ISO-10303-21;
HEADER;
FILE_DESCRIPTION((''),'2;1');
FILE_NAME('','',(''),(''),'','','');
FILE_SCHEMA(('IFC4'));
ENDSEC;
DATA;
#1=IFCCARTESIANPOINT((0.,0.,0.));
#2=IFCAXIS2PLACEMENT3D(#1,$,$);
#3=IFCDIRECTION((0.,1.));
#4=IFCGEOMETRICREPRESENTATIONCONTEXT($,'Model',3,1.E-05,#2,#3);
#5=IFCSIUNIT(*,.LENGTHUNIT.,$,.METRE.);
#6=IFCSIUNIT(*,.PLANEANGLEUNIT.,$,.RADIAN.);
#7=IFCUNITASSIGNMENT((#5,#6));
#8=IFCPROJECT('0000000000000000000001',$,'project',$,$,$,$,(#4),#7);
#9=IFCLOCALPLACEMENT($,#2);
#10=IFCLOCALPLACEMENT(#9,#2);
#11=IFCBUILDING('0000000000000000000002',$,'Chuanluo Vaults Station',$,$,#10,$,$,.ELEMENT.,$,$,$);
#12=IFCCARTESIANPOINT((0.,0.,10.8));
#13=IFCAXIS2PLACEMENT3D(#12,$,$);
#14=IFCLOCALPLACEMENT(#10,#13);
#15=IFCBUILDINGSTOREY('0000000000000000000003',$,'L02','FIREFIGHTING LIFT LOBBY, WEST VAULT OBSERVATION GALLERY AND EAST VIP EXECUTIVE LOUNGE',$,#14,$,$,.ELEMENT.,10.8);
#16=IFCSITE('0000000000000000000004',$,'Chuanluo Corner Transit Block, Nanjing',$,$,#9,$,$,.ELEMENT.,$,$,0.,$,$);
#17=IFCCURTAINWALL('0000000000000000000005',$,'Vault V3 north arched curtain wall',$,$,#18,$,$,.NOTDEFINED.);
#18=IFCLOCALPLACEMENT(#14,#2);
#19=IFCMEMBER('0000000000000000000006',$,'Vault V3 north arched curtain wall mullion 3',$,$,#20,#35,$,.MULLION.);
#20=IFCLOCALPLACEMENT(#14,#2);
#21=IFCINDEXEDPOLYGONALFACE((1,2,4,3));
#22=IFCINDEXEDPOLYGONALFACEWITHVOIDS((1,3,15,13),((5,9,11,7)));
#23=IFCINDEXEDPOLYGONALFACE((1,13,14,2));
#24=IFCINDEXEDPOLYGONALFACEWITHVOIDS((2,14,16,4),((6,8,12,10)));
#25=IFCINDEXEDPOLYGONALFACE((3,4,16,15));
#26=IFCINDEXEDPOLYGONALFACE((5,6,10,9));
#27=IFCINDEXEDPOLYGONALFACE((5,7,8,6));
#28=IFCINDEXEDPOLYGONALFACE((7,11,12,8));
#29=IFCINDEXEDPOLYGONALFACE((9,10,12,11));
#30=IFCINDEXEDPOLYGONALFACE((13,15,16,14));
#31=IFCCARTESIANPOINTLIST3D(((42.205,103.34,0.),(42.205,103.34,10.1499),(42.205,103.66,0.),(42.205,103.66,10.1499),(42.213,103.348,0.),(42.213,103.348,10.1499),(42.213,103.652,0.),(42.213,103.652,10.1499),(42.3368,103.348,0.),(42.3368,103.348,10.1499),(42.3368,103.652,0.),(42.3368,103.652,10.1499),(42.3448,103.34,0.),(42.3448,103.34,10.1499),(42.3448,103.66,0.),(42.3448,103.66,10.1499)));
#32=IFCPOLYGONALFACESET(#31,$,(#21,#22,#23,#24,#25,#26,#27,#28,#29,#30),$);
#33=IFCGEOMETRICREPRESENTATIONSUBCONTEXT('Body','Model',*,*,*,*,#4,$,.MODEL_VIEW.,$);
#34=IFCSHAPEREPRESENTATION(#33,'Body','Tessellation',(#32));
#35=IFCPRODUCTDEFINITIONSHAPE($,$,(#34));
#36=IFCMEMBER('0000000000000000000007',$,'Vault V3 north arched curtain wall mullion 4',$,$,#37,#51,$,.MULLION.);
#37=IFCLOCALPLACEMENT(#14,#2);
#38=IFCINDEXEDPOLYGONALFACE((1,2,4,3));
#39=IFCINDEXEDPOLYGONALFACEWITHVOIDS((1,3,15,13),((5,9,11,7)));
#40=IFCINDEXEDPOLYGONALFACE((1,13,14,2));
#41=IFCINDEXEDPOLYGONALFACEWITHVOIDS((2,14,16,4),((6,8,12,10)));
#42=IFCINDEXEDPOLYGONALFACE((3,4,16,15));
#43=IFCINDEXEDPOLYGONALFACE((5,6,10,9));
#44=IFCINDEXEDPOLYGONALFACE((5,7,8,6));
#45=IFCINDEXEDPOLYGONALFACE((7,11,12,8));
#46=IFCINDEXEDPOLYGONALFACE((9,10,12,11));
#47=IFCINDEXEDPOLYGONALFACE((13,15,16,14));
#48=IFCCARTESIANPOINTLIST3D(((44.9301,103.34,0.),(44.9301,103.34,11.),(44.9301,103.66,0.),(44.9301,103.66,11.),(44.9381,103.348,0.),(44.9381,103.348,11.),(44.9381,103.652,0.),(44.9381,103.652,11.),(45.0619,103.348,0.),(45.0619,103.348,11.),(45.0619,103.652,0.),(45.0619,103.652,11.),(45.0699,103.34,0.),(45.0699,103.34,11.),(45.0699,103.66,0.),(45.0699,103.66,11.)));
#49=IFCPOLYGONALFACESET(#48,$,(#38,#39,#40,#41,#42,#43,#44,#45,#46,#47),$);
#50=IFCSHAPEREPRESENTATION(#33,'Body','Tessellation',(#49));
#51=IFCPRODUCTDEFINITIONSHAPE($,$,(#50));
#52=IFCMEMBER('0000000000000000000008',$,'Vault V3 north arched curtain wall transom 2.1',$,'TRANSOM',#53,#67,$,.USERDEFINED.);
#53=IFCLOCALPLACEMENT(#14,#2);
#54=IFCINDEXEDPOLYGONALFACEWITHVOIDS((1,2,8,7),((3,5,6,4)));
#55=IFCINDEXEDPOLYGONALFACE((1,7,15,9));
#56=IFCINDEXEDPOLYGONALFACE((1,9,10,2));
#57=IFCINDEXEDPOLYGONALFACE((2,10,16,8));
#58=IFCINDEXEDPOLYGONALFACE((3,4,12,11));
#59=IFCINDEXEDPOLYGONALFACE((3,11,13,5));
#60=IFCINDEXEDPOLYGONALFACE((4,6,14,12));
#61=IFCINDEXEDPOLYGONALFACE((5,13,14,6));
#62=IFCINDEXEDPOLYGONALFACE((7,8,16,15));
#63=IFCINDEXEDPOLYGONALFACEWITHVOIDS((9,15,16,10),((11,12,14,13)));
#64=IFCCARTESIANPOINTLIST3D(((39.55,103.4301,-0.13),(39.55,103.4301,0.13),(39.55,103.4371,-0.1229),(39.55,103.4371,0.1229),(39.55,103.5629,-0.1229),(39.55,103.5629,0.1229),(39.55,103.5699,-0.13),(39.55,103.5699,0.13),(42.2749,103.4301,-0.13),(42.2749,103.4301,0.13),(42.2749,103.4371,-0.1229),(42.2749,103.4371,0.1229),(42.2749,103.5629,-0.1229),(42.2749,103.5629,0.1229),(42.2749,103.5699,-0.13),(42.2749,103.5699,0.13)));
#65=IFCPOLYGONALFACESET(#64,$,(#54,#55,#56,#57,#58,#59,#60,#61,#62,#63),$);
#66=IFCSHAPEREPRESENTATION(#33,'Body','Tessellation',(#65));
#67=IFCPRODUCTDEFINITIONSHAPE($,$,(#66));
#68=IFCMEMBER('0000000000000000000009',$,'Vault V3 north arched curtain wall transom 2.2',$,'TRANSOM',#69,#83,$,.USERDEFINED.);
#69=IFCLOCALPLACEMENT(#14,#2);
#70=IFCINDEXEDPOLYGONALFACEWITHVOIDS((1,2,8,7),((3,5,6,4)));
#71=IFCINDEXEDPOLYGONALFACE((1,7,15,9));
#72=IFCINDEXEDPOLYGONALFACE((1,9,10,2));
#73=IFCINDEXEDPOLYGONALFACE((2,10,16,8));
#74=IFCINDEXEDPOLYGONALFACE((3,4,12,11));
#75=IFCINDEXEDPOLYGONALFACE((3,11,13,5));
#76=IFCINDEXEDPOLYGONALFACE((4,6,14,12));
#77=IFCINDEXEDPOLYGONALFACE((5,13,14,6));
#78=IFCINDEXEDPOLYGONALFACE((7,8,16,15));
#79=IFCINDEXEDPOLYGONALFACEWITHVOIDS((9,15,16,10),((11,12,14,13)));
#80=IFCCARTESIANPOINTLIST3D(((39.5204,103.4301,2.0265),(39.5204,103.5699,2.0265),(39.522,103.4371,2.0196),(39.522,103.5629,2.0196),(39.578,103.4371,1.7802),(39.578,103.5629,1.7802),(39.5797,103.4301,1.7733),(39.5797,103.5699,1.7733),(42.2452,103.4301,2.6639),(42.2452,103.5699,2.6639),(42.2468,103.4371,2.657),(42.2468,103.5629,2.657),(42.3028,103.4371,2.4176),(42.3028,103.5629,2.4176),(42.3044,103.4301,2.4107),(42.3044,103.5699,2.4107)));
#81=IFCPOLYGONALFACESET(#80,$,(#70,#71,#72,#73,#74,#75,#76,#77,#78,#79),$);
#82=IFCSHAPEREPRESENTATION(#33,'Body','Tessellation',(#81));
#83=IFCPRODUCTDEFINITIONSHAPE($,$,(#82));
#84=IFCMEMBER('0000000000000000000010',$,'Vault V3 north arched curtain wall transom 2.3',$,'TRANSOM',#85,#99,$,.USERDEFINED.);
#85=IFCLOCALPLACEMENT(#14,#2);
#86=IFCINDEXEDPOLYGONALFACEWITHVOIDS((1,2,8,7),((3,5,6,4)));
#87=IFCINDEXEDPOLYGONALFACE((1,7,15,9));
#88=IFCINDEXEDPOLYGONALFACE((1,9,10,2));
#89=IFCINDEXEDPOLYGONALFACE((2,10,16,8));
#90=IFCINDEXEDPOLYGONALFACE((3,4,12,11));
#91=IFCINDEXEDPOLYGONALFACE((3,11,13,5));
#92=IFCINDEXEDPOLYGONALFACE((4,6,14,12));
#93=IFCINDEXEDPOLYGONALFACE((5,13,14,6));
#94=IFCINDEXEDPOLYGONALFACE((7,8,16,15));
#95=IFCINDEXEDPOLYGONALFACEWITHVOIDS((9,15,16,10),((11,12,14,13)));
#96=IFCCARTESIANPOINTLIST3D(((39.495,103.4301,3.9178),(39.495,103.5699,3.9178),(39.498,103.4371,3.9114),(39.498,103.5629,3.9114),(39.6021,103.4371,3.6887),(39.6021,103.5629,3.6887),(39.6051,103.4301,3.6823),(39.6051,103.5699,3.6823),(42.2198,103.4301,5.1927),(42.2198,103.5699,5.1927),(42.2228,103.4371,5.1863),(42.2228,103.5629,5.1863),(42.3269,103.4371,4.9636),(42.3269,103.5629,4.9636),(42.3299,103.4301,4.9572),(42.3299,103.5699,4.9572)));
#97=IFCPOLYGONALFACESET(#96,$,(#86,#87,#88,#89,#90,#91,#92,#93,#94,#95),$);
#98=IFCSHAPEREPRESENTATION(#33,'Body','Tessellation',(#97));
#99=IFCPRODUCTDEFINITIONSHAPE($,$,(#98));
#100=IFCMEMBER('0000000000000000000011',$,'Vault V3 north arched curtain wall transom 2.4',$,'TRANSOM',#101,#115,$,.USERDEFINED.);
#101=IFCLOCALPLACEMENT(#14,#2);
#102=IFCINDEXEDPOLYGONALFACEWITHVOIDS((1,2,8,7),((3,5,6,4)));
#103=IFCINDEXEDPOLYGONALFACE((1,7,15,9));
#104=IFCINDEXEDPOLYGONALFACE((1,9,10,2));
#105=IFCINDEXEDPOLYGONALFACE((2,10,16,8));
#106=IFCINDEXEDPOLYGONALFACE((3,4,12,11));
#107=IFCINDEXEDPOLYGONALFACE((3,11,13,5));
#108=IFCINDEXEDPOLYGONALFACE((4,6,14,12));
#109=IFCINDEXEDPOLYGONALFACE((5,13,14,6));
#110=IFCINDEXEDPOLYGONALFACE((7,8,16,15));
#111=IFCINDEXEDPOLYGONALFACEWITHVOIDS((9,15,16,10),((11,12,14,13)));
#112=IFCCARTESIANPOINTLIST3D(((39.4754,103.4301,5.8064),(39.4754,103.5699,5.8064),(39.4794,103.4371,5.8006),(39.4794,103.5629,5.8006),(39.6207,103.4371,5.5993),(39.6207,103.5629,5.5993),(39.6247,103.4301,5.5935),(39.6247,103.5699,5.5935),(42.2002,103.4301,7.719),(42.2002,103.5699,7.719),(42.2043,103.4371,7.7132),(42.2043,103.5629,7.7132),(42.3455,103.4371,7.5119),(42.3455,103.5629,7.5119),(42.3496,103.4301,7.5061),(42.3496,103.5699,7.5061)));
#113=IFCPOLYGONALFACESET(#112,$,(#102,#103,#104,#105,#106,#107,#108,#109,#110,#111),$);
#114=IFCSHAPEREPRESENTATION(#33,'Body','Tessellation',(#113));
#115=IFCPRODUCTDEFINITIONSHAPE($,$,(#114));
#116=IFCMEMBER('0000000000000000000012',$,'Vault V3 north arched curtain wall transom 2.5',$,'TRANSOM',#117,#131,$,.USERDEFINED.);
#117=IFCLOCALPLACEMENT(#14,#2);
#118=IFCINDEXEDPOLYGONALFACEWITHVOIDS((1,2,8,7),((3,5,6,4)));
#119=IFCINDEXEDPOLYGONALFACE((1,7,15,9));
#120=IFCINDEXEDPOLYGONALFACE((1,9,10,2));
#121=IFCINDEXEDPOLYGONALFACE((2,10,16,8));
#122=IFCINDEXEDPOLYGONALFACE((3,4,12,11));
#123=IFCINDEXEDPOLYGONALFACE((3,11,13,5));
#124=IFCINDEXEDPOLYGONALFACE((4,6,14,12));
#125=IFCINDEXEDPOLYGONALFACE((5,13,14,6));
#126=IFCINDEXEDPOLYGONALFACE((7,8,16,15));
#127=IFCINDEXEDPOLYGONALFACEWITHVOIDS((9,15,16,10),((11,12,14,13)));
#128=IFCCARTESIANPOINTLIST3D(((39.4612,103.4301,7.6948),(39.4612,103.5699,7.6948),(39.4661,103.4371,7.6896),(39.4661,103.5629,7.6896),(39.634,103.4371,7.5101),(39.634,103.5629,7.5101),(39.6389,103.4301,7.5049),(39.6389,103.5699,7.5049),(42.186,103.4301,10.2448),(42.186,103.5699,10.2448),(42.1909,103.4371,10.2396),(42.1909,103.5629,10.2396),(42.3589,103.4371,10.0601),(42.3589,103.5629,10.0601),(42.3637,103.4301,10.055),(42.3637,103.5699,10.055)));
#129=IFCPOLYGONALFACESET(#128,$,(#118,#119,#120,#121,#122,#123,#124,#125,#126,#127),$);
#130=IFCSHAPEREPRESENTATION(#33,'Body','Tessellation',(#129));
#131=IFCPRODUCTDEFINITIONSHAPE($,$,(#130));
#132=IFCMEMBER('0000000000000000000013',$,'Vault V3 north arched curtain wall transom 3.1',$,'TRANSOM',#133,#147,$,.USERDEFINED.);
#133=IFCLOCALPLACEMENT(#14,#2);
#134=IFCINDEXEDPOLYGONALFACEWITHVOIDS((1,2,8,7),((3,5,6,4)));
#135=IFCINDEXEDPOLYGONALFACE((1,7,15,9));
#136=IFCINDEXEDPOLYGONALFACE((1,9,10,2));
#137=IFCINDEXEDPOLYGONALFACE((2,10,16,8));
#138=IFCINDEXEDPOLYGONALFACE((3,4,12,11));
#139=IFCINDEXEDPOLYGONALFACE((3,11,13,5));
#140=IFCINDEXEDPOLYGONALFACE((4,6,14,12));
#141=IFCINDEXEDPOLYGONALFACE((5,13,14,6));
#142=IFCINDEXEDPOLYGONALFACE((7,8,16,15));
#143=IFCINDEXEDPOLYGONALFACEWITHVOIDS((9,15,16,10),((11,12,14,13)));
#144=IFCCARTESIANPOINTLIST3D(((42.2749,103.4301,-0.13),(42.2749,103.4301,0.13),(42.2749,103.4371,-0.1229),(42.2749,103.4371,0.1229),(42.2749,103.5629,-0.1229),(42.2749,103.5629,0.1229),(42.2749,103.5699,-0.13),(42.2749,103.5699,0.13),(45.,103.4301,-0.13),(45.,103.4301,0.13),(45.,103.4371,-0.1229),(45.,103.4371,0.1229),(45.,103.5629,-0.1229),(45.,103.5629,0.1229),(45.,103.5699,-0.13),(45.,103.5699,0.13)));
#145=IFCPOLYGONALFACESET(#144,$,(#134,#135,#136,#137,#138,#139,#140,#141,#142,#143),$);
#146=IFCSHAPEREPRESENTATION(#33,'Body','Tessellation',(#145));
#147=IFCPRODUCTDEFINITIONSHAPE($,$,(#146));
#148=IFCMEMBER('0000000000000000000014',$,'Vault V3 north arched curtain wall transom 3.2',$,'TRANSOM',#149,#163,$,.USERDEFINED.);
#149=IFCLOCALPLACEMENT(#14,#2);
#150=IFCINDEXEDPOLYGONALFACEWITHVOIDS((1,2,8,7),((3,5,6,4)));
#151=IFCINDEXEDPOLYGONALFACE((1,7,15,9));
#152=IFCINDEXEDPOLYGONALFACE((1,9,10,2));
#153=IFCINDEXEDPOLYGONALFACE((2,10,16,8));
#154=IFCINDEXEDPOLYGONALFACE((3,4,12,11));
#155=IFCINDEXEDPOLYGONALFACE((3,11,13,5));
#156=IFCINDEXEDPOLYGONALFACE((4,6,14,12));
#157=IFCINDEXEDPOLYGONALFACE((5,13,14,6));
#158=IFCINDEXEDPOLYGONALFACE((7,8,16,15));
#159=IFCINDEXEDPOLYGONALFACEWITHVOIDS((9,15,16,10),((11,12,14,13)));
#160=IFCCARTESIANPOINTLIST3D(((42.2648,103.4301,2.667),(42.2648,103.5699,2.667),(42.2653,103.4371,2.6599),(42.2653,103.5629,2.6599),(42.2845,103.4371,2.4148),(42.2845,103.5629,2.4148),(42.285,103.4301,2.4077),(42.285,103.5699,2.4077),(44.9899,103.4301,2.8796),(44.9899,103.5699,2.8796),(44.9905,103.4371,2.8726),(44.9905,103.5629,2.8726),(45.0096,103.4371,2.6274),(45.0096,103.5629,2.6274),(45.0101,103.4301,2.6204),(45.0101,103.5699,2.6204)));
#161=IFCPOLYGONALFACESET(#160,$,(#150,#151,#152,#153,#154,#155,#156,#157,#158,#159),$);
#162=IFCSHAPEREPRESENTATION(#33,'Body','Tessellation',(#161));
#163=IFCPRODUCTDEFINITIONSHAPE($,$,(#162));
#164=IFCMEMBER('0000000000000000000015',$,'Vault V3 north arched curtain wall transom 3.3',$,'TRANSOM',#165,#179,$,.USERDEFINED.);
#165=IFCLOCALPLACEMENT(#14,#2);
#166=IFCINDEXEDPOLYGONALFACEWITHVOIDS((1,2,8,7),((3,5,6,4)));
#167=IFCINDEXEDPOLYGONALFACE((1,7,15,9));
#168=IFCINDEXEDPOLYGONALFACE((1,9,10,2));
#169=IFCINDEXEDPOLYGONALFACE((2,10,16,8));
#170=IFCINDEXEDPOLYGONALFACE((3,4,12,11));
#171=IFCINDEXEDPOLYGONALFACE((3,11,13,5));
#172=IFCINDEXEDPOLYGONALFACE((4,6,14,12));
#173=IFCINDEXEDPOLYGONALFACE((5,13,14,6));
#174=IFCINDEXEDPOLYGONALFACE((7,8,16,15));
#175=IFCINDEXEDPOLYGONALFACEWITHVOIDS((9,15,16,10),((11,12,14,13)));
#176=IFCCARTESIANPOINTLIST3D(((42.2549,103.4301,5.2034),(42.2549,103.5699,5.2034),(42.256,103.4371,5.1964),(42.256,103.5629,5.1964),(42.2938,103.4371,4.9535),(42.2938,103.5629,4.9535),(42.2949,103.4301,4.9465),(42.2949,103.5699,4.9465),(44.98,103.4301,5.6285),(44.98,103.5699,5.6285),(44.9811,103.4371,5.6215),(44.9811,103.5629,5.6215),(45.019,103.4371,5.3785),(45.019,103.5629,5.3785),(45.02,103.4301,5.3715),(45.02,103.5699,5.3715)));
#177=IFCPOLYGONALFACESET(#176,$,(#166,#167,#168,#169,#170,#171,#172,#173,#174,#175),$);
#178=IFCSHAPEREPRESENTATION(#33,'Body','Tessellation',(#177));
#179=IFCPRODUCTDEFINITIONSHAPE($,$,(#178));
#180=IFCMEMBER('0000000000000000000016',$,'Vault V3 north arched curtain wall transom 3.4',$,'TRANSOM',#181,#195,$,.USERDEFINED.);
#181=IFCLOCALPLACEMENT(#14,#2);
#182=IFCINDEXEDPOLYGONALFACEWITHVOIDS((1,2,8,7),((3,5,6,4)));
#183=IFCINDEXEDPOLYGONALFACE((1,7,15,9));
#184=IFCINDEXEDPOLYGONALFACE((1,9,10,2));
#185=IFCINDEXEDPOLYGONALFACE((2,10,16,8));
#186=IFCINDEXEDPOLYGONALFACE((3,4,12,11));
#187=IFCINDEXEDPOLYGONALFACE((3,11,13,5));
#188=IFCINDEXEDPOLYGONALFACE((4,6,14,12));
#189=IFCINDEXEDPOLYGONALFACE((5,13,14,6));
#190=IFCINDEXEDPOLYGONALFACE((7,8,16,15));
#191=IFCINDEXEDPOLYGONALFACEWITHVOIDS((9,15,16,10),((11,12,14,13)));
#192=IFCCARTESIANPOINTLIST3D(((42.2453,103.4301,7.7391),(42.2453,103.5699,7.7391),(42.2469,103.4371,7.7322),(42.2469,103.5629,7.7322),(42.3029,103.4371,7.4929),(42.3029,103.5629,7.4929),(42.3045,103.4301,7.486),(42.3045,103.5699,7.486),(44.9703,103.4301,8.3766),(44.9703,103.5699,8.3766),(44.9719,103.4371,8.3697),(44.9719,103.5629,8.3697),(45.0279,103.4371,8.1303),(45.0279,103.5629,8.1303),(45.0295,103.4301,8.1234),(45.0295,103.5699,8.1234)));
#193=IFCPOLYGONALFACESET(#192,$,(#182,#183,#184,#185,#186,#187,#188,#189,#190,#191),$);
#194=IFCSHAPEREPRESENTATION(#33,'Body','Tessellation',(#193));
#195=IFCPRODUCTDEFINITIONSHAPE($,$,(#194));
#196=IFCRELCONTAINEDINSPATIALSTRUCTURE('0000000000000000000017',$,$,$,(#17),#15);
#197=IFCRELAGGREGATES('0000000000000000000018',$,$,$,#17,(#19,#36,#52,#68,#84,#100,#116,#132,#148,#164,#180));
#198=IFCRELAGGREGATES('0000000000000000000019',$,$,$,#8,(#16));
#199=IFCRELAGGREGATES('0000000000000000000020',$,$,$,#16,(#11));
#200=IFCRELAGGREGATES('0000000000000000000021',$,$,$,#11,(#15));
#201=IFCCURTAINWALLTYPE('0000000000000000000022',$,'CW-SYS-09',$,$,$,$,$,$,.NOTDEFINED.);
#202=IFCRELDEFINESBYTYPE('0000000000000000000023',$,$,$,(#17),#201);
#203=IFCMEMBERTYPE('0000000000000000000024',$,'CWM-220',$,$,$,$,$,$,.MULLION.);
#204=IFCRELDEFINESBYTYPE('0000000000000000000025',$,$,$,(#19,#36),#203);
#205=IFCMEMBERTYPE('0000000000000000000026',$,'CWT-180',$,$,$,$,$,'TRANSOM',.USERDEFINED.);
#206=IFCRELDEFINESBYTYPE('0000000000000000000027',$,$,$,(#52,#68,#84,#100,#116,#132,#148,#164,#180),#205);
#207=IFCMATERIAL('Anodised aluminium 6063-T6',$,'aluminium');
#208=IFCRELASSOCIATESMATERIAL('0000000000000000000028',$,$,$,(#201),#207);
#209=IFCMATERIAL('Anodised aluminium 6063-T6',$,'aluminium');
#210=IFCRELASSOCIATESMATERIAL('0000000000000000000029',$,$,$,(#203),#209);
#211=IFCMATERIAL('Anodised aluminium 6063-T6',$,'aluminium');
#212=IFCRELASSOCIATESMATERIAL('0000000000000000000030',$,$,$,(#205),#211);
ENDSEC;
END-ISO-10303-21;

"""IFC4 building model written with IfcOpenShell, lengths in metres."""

from ifc_helpers import new_model, si_unit, direction, frame, origin, origin_2d, place, context, subcontext, project, spatial, hollow_rectangle, extrude, material, material_profile, profile_set, type_object, element, aggregate, save


model = new_model("IFC4")

# Units and contexts
model_context = context("Model", 3, precision=1e-05, world=origin(), true_north=direction((0.0, 1.0)))
body_context = subcontext(model_context, "Body", "Model", "MODEL_VIEW")
ifc_project = project(units=[si_unit("LENGTHUNIT", "METRE"), si_unit("PLANEANGLEUNIT", "RADIAN")], contexts=[model_context])

# Site, building, storey
site_placement = place(None, origin())
site = spatial("IfcSite", under=ifc_project, at=site_placement, Name="Chuanluo Corner Transit Block, Nanjing", CompositionType="ELEMENT", RefElevation=0.0)
building_placement = place(site_placement, origin())
building = spatial("IfcBuilding", under=site, at=building_placement, Name="Chuanluo Vaults Station", CompositionType="ELEMENT")
storey_placement = place(building_placement, frame((0.0, 0.0, 10.8)))
storey = spatial("IfcBuildingStorey", under=building, at=storey_placement, Name="L02", Description="FIREFIGHTING LIFT LOBBY, WEST VAULT OBSERVATION GALLERY AND EAST VIP EXECUTIVE LOUNGE", CompositionType="ELEMENT", Elevation=10.8)

# Curtain wall, members
ifc_material_1 = material(Name="Anodised aluminium 6063-T6", Category="aluminium")
curtain_wall_type = type_object("IfcCurtainWallType", Name="CW-SYS-09", PredefinedType="NOTDEFINED", material=ifc_material_1)
curtain_wall_placement = place(storey_placement, origin())
curtain_wall = element("IfcCurtainWall", 1, at=curtain_wall_placement, inside=storey, type_object=curtain_wall_type, Name="Vault V3 north arched curtain wall", PredefinedType="NOTDEFINED")
ifc_material_2 = material(Name="Anodised aluminium 6063-T6", Category="aluminium")
ifc_material_profile_1 = material_profile(ifc_material_2, hollow_rectangle(XDim=0.1399, YDim=0.3201, WallThickness=0.0081, at=origin_2d()))
ifc_profile_set_1 = profile_set([ifc_material_profile_1], Name="Anodised aluminium 6063-T6")
member_type_1 = type_object("IfcMemberType", Name="CWM-220", PredefinedType="MULLION", material=ifc_profile_set_1)
member_1_placement = place(storey_placement, frame((42.2749, 103.5, 0.0), z_axis=(0.0, 0.0, 1.0), x_axis=(1.0, 0.0, 0.0)))
member_1 = element("IfcMember", 2, at=member_1_placement, type_object=member_type_1, Name="Vault V3 north arched curtain wall mullion 3", PredefinedType="MULLION", context=body_context, shape_type="SweptSolid", body=[
    extrude(hollow_rectangle(XDim=0.1399, YDim=0.3201, WallThickness=0.0081, at=origin_2d()), origin(), (0.0, 0.0, 1.0), 10.1499),
])
member_2_placement = place(storey_placement, frame((45.0, 103.5, 0.0), z_axis=(0.0, 0.0, 1.0), x_axis=(1.0, 0.0, 0.0)))
member_2 = element("IfcMember", 3, at=member_2_placement, type_object=member_type_1, Name="Vault V3 north arched curtain wall mullion 4", PredefinedType="MULLION", context=body_context, shape_type="SweptSolid", body=[
    extrude(hollow_rectangle(XDim=0.1399, YDim=0.3201, WallThickness=0.0081, at=origin_2d()), origin(), (0.0, 0.0, 1.0), 11.0),
])
ifc_material_3 = material(Name="Anodised aluminium 6063-T6", Category="aluminium")
ifc_material_profile_2 = material_profile(ifc_material_3, hollow_rectangle(XDim=0.1399, YDim=0.26, WallThickness=0.0071, at=origin_2d()))
ifc_profile_set_2 = profile_set([ifc_material_profile_2], Name="Anodised aluminium 6063-T6")
member_type_2 = type_object("IfcMemberType", Name="CWT-180", ElementType="TRANSOM", PredefinedType="USERDEFINED", material=ifc_profile_set_2)
member_3_placement = place(storey_placement, frame((39.55, 103.5, 0.0), z_axis=(1.0, 0.0, 0.0), x_axis=(0.0, 1.0, 0.0)))
member_3 = element("IfcMember", 4, at=member_3_placement, type_object=member_type_2, Name="Vault V3 north arched curtain wall transom 2.1", ObjectType="TRANSOM", PredefinedType="USERDEFINED", context=body_context, shape_type="SweptSolid", body=[
    extrude(hollow_rectangle(XDim=0.1399, YDim=0.26, WallThickness=0.0071, at=origin_2d()), origin(), (0.0, 0.0, 1.0), 2.7249),
])
member_4_placement = place(storey_placement, frame((39.55, 103.5, 1.8999), z_axis=(0.97371, 0.0, 0.227789), x_axis=(0.0, 1.0, 0.0)))
member_4 = element("IfcMember", 5, at=member_4_placement, type_object=member_type_2, Name="Vault V3 north arched curtain wall transom 2.2", ObjectType="TRANSOM", PredefinedType="USERDEFINED", context=body_context, shape_type="SweptSolid", body=[
    extrude(hollow_rectangle(XDim=0.1399, YDim=0.26, WallThickness=0.0071, at=origin_2d()), origin(), (0.0, 0.0, 1.0), 2.7983),
])
member_5_placement = place(storey_placement, frame((39.55, 103.5, 3.8), z_axis=(0.905762, 0.0, 0.423787), x_axis=(0.0, 1.0, 0.0)))
member_5 = element("IfcMember", 6, at=member_5_placement, type_object=member_type_2, Name="Vault V3 north arched curtain wall transom 2.3", ObjectType="TRANSOM", PredefinedType="USERDEFINED", context=body_context, shape_type="SweptSolid", body=[
    extrude(hollow_rectangle(XDim=0.1399, YDim=0.26, WallThickness=0.0071, at=origin_2d()), origin(), (0.0, 0.0, 1.0), 3.0083),
])
member_6_placement = place(storey_placement, frame((39.55, 103.5, 5.7), z_axis=(0.818497, 0.0, 0.57451), x_axis=(0.0, 1.0, 0.0)))
member_6 = element("IfcMember", 7, at=member_6_placement, type_object=member_type_2, Name="Vault V3 north arched curtain wall transom 2.4", ObjectType="TRANSOM", PredefinedType="USERDEFINED", context=body_context, shape_type="SweptSolid", body=[
    extrude(hollow_rectangle(XDim=0.1399, YDim=0.26, WallThickness=0.0071, at=origin_2d()), origin(), (0.0, 0.0, 1.0), 3.3291),
])
member_7_placement = place(storey_placement, frame((39.55, 103.5, 7.5999), z_axis=(0.730139, 0.0, 0.683299), x_axis=(0.0, 1.0, 0.0)))
member_7 = element("IfcMember", 8, at=member_7_placement, type_object=member_type_2, Name="Vault V3 north arched curtain wall transom 2.5", ObjectType="TRANSOM", PredefinedType="USERDEFINED", context=body_context, shape_type="SweptSolid", body=[
    extrude(hollow_rectangle(XDim=0.1399, YDim=0.26, WallThickness=0.0071, at=origin_2d()), origin(), (0.0, 0.0, 1.0), 3.7319),
])
member_8_placement = place(storey_placement, frame((42.2749, 103.5, 0.0), z_axis=(1.0, 0.0, 0.0), x_axis=(0.0, 1.0, 0.0)))
member_8 = element("IfcMember", 9, at=member_8_placement, type_object=member_type_2, Name="Vault V3 north arched curtain wall transom 3.1", ObjectType="TRANSOM", PredefinedType="USERDEFINED", context=body_context, shape_type="SweptSolid", body=[
    extrude(hollow_rectangle(XDim=0.1399, YDim=0.26, WallThickness=0.0071, at=origin_2d()), origin(), (0.0, 0.0, 1.0), 2.7251),
])
member_9_placement = place(storey_placement, frame((42.2749, 103.5, 2.5374), z_axis=(0.996969, 0.0, 0.077796), x_axis=(0.0, 1.0, 0.0)))
member_9 = element("IfcMember", 10, at=member_9_placement, type_object=member_type_2, Name="Vault V3 north arched curtain wall transom 3.2", ObjectType="TRANSOM", PredefinedType="USERDEFINED", context=body_context, shape_type="SweptSolid", body=[
    extrude(hollow_rectangle(XDim=0.1399, YDim=0.26, WallThickness=0.0071, at=origin_2d()), origin(), (0.0, 0.0, 1.0), 2.7334),
])
member_10_placement = place(storey_placement, frame((42.2749, 103.5, 5.075), z_axis=(0.988053, 0.0, 0.154112), x_axis=(0.0, 1.0, 0.0)))
member_10 = element("IfcMember", 11, at=member_10_placement, type_object=member_type_2, Name="Vault V3 north arched curtain wall transom 3.3", ObjectType="TRANSOM", PredefinedType="USERDEFINED", context=body_context, shape_type="SweptSolid", body=[
    extrude(hollow_rectangle(XDim=0.1399, YDim=0.26, WallThickness=0.0071, at=origin_2d()), origin(), (0.0, 0.0, 1.0), 2.7581),
])
member_11_placement = place(storey_placement, frame((42.2749, 103.5, 7.6125), z_axis=(0.973715, 0.0, 0.22777), x_axis=(0.0, 1.0, 0.0)))
member_11 = element("IfcMember", 12, at=member_11_placement, type_object=member_type_2, Name="Vault V3 north arched curtain wall transom 3.4", ObjectType="TRANSOM", PredefinedType="USERDEFINED", context=body_context, shape_type="SweptSolid", body=[
    extrude(hollow_rectangle(XDim=0.1399, YDim=0.26, WallThickness=0.0071, at=origin_2d()), origin(), (0.0, 0.0, 1.0), 2.7986),
])
aggregate(curtain_wall, [member_1, member_2, member_3, member_4, member_5, member_6, member_7, member_8, member_9, member_10, member_11])

save(model, "model.ifc")
